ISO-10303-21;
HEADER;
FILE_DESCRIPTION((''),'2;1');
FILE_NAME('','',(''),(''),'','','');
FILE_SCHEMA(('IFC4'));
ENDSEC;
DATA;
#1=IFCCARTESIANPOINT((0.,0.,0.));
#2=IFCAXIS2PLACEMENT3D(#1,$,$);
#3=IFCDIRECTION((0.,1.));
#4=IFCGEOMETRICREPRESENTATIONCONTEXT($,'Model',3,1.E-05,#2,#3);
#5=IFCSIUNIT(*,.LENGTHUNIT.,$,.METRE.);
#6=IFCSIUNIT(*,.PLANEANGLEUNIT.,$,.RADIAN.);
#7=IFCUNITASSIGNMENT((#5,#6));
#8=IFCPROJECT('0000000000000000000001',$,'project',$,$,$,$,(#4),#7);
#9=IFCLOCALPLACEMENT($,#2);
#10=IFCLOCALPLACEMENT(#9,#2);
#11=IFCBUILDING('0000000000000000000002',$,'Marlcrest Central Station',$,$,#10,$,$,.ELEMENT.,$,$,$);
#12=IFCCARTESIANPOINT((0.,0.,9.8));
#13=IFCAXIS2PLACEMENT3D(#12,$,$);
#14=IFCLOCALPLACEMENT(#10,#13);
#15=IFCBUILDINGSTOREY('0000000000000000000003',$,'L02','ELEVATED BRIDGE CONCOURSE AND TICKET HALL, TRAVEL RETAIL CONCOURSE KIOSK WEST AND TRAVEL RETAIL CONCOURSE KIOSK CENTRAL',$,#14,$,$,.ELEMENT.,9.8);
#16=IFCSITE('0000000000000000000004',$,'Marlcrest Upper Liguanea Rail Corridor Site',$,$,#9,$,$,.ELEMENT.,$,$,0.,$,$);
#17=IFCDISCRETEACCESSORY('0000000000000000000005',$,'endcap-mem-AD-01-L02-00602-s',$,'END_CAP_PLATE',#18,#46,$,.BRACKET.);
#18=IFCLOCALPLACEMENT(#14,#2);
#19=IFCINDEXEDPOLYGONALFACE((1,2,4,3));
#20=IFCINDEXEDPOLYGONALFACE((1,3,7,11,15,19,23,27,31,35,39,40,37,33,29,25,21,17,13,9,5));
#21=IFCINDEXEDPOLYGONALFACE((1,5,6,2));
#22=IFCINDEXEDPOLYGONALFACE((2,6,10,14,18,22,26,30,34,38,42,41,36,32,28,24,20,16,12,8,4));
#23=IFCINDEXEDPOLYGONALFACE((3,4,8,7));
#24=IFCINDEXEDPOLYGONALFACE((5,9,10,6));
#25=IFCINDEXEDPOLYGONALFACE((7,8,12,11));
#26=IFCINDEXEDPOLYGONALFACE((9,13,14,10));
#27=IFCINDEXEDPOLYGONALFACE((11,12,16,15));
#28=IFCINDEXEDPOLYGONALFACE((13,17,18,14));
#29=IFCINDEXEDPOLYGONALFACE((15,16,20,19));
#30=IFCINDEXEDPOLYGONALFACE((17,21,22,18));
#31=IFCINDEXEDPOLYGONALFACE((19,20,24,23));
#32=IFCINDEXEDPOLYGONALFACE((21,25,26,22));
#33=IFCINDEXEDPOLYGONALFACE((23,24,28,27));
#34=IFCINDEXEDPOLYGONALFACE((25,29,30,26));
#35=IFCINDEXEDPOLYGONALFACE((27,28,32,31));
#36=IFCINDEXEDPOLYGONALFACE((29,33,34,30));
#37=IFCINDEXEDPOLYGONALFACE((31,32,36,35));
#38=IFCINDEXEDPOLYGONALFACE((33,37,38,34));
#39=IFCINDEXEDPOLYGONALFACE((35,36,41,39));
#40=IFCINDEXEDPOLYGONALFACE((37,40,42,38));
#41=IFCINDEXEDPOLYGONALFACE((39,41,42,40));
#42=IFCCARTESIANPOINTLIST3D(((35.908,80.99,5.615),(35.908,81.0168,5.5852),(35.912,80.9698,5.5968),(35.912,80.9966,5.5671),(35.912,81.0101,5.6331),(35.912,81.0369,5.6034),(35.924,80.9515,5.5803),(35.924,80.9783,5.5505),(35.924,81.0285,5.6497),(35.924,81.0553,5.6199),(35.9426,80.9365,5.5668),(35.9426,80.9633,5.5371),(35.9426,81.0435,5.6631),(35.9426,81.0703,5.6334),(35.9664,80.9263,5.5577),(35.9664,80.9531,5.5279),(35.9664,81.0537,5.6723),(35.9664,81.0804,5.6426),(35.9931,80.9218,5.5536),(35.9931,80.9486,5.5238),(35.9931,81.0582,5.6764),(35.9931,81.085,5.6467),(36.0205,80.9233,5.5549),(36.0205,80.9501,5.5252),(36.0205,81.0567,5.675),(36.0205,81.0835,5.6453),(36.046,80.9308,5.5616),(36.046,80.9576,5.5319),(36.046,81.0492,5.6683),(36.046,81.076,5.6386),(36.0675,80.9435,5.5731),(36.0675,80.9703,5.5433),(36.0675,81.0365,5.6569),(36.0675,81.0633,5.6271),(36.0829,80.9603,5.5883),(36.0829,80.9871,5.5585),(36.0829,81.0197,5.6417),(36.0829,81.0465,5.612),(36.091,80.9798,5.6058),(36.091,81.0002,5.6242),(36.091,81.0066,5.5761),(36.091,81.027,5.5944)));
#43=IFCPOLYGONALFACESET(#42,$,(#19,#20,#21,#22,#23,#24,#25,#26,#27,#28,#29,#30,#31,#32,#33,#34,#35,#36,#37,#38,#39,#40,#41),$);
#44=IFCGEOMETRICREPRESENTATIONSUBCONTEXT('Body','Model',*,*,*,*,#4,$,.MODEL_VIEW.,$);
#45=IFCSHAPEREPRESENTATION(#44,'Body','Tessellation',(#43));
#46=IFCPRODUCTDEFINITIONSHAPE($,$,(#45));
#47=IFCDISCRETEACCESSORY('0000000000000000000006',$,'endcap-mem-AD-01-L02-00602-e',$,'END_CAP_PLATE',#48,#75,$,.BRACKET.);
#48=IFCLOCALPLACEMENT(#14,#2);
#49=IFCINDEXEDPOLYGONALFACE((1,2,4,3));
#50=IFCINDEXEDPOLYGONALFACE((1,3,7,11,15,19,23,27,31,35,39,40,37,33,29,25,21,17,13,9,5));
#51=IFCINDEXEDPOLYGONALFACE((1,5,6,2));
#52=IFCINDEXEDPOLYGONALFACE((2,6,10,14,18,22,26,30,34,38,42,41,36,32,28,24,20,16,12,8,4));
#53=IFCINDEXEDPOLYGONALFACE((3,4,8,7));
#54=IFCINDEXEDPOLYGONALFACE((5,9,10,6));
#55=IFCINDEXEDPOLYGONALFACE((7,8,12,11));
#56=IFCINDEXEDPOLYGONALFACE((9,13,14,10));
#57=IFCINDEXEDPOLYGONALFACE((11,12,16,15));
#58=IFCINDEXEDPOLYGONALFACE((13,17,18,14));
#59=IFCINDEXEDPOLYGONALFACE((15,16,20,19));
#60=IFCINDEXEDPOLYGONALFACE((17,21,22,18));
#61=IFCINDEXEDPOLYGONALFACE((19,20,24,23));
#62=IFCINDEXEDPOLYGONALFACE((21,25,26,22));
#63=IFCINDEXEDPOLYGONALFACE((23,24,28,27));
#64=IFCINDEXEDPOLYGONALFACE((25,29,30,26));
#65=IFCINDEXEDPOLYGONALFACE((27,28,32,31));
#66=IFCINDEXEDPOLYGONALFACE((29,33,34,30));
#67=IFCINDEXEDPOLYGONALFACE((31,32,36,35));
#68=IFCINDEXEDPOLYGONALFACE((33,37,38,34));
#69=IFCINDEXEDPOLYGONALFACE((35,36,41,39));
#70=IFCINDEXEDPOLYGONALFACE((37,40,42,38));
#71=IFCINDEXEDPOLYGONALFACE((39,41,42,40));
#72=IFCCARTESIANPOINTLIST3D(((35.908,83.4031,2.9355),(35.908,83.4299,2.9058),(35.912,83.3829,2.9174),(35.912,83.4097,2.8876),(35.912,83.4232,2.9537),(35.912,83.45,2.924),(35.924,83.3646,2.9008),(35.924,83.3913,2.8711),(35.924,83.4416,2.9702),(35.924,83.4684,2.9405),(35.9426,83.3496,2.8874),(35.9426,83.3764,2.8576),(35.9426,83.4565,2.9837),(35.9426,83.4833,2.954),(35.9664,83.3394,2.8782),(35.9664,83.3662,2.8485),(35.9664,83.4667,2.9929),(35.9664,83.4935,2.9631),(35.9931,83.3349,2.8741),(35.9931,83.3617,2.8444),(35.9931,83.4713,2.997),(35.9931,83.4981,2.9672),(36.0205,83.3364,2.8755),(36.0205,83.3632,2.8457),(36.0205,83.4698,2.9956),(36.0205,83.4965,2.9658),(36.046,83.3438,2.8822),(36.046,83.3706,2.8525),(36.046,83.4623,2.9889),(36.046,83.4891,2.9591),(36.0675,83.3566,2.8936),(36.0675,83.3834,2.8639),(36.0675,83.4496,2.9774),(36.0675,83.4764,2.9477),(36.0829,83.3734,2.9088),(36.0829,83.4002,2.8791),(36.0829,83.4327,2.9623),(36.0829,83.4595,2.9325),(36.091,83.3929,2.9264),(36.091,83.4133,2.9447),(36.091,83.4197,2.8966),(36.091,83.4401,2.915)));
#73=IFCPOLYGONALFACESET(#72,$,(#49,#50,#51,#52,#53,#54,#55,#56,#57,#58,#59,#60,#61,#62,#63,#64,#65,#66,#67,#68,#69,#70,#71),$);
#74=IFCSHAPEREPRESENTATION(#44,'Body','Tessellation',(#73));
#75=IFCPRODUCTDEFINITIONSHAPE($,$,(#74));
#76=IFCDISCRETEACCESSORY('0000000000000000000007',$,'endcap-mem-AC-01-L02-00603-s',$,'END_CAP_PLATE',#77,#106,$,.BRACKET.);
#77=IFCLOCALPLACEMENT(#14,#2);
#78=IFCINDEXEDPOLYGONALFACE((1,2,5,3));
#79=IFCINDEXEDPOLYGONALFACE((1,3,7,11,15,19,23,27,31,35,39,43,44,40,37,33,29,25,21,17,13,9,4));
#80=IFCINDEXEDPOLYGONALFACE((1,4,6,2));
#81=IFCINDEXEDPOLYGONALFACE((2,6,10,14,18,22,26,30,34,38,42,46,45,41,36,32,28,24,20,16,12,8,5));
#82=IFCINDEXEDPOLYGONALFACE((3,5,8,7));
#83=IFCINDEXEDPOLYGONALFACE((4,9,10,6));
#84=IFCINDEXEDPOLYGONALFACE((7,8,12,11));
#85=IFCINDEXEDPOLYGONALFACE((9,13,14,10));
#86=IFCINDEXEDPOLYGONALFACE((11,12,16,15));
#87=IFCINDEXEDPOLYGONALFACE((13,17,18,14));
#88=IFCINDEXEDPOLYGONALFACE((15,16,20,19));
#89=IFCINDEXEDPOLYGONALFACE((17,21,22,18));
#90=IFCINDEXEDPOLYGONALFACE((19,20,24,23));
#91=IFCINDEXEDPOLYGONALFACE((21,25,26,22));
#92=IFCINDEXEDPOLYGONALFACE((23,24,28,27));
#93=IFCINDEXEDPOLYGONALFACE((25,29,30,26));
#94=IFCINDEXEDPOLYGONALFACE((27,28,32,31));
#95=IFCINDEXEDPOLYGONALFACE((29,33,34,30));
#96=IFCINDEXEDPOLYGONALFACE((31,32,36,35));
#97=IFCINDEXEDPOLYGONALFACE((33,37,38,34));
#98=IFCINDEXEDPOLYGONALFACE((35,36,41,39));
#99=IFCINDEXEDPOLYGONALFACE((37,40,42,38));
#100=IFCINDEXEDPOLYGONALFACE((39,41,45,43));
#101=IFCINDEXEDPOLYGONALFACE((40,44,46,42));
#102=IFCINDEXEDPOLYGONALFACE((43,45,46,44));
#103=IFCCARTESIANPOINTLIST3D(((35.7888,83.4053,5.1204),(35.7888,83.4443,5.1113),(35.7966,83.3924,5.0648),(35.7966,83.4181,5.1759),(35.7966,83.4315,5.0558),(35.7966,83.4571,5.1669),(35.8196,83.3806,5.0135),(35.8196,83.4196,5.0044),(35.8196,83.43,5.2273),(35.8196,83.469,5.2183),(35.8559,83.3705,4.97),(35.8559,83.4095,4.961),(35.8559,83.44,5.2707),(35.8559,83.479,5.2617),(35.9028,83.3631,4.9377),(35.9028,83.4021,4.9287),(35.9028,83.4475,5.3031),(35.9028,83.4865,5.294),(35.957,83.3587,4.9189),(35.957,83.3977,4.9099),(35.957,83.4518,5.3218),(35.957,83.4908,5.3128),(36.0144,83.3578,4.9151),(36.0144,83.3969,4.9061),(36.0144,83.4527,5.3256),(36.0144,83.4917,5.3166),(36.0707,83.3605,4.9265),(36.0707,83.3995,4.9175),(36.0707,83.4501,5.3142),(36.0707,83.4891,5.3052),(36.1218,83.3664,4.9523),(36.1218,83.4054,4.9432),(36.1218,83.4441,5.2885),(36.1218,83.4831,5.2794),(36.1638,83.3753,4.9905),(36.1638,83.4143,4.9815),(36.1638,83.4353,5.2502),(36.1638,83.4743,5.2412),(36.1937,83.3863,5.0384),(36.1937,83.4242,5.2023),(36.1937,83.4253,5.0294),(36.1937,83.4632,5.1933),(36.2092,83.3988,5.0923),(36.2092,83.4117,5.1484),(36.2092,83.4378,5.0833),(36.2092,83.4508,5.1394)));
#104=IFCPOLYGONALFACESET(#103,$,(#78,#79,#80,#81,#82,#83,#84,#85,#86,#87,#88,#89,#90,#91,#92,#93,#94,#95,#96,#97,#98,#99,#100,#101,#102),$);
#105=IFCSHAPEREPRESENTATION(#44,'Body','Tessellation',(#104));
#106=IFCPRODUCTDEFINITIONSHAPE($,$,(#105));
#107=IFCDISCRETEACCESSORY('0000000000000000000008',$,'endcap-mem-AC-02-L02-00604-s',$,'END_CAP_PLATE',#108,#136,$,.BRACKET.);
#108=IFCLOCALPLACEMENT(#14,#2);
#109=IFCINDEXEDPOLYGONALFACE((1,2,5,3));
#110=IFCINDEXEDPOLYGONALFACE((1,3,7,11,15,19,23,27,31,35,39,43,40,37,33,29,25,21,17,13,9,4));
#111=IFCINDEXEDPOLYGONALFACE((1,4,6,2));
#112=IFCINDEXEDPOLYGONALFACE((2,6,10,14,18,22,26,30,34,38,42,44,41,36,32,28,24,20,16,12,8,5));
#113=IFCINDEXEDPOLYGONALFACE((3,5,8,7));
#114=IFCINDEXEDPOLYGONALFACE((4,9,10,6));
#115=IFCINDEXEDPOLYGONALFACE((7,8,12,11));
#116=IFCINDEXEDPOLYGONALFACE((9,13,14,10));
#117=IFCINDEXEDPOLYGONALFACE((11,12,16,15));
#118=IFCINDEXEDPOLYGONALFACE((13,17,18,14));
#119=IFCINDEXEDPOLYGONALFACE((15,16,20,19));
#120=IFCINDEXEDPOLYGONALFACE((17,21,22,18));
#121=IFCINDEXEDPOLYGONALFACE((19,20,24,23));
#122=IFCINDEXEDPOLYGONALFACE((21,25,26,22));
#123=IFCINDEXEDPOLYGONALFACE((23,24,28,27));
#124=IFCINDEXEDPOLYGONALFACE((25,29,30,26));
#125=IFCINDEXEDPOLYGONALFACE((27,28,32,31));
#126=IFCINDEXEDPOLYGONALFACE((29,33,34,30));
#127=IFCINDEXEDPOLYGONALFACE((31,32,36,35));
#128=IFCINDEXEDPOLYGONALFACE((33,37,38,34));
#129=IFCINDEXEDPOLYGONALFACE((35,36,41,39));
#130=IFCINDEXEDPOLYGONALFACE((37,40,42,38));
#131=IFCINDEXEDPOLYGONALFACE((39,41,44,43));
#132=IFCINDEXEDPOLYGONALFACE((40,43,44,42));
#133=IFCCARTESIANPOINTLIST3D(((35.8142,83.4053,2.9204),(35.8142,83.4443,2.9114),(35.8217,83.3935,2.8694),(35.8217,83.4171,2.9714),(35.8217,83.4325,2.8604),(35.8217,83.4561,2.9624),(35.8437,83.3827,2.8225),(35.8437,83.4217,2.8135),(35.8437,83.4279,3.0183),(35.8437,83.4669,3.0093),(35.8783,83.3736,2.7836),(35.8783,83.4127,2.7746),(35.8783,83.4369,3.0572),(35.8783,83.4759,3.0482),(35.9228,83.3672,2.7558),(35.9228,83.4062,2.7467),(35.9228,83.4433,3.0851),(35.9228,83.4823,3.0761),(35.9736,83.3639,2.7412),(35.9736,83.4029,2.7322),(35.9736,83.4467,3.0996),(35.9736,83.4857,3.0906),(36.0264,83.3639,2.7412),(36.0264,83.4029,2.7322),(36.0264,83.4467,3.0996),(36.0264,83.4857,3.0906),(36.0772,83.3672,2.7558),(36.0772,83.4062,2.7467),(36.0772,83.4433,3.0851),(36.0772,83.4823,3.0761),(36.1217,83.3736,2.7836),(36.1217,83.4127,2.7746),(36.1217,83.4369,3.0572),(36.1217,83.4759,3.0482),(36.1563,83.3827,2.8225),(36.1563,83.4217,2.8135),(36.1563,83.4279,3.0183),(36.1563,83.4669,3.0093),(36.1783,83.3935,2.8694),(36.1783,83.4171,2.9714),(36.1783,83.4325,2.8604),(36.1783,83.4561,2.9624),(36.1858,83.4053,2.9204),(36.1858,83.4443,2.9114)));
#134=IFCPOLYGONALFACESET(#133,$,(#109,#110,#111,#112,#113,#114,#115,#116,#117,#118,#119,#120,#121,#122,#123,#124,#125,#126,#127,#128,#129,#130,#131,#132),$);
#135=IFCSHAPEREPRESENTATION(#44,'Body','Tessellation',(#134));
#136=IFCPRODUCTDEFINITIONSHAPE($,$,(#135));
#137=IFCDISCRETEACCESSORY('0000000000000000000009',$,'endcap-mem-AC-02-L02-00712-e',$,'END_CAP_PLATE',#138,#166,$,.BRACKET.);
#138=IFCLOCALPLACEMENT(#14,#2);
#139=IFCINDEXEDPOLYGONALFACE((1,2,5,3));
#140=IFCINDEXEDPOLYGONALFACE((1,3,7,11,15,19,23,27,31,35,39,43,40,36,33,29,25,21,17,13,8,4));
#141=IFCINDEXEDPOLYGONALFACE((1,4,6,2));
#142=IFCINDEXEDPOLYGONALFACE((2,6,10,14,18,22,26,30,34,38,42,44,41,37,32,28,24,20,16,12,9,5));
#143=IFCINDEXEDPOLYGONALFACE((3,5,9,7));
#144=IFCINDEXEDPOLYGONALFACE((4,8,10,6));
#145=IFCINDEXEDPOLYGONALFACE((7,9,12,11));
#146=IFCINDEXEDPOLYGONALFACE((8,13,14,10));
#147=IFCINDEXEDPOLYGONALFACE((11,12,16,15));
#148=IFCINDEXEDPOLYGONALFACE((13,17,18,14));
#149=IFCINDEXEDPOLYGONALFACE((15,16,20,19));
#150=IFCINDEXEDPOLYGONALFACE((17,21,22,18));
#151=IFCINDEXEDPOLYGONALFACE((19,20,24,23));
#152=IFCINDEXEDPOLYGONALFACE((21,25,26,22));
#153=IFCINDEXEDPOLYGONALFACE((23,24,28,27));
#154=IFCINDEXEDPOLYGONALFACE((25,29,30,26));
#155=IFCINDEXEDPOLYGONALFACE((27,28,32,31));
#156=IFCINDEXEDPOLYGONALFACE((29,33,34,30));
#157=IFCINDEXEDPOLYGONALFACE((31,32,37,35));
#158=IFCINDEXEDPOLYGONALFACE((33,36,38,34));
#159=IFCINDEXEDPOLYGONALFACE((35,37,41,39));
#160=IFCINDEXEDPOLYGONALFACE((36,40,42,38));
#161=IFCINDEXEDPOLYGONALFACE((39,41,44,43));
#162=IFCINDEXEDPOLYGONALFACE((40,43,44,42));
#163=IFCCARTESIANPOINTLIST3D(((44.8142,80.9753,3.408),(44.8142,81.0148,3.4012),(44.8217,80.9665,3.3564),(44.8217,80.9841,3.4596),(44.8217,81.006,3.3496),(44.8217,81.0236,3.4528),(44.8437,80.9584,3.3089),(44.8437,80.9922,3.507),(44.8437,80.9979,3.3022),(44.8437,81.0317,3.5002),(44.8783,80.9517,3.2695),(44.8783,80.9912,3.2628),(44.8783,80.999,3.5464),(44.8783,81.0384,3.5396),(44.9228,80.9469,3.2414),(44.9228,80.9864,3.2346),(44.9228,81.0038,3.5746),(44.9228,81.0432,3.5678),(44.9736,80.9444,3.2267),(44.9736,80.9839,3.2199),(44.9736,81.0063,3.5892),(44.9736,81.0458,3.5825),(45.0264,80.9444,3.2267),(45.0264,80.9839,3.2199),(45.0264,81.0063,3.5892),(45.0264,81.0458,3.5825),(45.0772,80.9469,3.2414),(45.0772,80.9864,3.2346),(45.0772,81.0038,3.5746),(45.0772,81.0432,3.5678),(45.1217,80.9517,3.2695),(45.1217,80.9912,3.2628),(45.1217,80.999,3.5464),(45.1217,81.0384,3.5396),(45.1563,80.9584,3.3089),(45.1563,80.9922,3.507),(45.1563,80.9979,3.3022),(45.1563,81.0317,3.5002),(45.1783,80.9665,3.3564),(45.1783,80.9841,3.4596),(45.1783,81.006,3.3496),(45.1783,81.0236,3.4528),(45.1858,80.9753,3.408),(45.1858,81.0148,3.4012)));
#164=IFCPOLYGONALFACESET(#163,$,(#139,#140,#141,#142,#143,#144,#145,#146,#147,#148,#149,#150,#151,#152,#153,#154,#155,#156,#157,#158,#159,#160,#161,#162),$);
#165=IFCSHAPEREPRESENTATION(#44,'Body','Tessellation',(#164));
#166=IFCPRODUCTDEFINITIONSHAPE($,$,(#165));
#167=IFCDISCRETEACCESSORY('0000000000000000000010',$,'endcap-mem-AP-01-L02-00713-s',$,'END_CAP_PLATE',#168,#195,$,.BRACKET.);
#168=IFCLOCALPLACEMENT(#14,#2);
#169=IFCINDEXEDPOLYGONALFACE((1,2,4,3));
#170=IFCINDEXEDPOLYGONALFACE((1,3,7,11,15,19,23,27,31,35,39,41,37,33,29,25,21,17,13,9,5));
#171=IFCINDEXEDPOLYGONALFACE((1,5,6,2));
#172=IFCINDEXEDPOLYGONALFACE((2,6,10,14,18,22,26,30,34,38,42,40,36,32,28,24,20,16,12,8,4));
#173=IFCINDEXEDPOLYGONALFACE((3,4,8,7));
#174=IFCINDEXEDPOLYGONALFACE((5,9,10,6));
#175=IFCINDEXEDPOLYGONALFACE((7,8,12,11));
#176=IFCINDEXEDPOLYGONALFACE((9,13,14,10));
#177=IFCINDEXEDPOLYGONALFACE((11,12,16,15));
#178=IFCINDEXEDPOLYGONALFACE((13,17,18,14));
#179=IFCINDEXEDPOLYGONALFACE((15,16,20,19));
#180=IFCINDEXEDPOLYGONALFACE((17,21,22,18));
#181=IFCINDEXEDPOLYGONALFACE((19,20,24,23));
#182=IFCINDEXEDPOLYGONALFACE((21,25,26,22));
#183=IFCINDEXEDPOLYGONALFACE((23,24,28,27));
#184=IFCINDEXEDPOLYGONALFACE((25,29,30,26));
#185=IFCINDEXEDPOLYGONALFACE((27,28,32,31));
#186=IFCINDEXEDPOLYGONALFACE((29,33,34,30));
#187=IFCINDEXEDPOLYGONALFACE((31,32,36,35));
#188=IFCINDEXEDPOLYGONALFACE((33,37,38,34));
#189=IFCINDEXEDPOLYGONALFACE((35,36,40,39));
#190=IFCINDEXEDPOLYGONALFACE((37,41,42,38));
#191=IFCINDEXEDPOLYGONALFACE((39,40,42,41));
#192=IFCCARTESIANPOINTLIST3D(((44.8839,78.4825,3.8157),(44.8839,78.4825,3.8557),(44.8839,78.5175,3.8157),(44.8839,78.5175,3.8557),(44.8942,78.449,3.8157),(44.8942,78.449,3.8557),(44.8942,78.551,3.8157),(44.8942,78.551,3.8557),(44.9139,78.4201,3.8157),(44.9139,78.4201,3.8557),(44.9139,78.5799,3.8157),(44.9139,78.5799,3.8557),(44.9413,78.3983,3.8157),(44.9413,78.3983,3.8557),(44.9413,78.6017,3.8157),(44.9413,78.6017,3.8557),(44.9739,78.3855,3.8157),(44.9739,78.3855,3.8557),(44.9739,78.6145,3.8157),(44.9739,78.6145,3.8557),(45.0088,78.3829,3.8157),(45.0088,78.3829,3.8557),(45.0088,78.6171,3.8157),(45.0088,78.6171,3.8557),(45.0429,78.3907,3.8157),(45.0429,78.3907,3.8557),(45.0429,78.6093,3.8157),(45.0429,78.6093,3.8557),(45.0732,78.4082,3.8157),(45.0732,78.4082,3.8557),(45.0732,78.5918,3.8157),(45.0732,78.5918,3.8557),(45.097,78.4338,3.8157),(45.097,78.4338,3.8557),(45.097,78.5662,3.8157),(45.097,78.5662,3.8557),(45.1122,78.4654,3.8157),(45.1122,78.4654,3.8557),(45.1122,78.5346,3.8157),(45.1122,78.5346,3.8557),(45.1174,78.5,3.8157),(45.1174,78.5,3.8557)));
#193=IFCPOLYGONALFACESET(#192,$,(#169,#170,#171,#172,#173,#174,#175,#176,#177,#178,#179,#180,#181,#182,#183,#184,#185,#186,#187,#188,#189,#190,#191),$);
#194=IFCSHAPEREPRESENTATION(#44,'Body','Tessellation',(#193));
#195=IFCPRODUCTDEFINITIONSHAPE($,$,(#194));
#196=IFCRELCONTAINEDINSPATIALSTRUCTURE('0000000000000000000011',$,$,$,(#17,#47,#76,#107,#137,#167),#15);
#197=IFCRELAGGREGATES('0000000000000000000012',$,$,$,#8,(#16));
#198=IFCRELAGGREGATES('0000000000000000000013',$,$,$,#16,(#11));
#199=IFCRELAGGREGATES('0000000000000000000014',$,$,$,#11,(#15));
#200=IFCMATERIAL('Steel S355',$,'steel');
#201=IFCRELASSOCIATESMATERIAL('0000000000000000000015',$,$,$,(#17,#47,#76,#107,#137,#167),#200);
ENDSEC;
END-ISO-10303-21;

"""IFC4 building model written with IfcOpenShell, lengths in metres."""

from ifc_helpers import new_model, si_unit, direction, frame, origin, origin_2d, place, context, subcontext, project, spatial, circle, extrude, material, element, save


model = new_model("IFC4")

# Units and contexts
model_context = context("Model", 3, precision=1e-05, world=origin(), true_north=direction((0.0, 1.0)))
body_context = subcontext(model_context, "Body", "Model", "MODEL_VIEW")
ifc_project = project(units=[si_unit("LENGTHUNIT", "METRE"), si_unit("PLANEANGLEUNIT", "RADIAN")], contexts=[model_context])

# Site, building, storey
site_placement = place(None, origin())
site = spatial("IfcSite", under=ifc_project, at=site_placement, Name="Marlcrest Upper Liguanea Rail Corridor Site", CompositionType="ELEMENT", RefElevation=0.0)
building_placement = place(site_placement, origin())
building = spatial("IfcBuilding", under=site, at=building_placement, Name="Marlcrest Central Station", CompositionType="ELEMENT")
storey_placement = place(building_placement, frame((0.0, 0.0, 9.8)))
storey = spatial("IfcBuildingStorey", under=building, at=storey_placement, Name="L02", Description="ELEVATED BRIDGE CONCOURSE AND TICKET HALL, TRAVEL RETAIL CONCOURSE KIOSK WEST AND TRAVEL RETAIL CONCOURSE KIOSK CENTRAL", CompositionType="ELEMENT", Elevation=9.8)

# Shared definitions
ifc_material_1 = material(Name="Steel S355", Category="steel")

# Discrete accessories
for number, where, z_axis, x_axis, name in (
    (1, (36.0, 80.99, 5.615), (0.0, 0.669244, -0.743042), (-1.0, 0.0, 0.0), "endcap-mem-AD-01-L02-00602-s"),
    (2, (36.0, 83.4031, 2.9355), (0.0, 0.669244, -0.743042), (-1.0, 0.0, 0.0), "endcap-mem-AD-01-L02-00602-e"),
):
    element("IfcDiscreteAccessory", number, at=place(storey_placement, frame(where, z_axis=z_axis, x_axis=x_axis)), inside=storey, material=ifc_material_1, Name=name, ObjectType="END_CAP_PLATE", PredefinedType="BRACKET", context=body_context, shape_type="SweptSolid", body=[
        extrude(circle(Radius=0.092, at=origin_2d()), origin(), (0.0, 0.0, 1.0), 0.04),
    ])
discrete_accessory_1_placement = place(storey_placement, frame((36.0, 83.4053, 5.1204), z_axis=(0.0, 0.97433, -0.225126), x_axis=(-1.0, 0.0, 0.0)))
element("IfcDiscreteAccessory", 3, at=discrete_accessory_1_placement, inside=storey, material=ifc_material_1, Name="endcap-mem-AC-01-L02-00603-s", ObjectType="END_CAP_PLATE", PredefinedType="BRACKET", context=body_context, shape_type="SweptSolid", body=[
    extrude(circle(Radius=0.2112, at=origin_2d()), origin(), (0.0, 0.0, 1.0), 0.04),
])
for number, where, z_axis, x_axis, name in (
    (4, (36.0, 83.4053, 2.9204), (0.0, 0.974308, -0.22522), (-1.0, 0.0, 0.0), "endcap-mem-AC-02-L02-00604-s"),
    (5, (45.0, 80.9753, 3.408), (0.0, 0.985741, -0.168269), (-1.0, 0.0, 0.0), "endcap-mem-AC-02-L02-00712-e"),
):
    element("IfcDiscreteAccessory", number, at=place(storey_placement, frame(where, z_axis=z_axis, x_axis=x_axis)), inside=storey, material=ifc_material_1, Name=name, ObjectType="END_CAP_PLATE", PredefinedType="BRACKET", context=body_context, shape_type="SweptSolid", body=[
        extrude(circle(Radius=0.1858, at=origin_2d()), origin(), (0.0, 0.0, 1.0), 0.04),
    ])
for number, where, z_axis, x_axis, name in (
    (6, (45.0, 78.5, 3.8157), (0.0, 0.0, 1.0), (1.0, 0.0, 0.0), "endcap-mem-AP-01-L02-00713-s"),
):
    element("IfcDiscreteAccessory", number, at=place(storey_placement, frame(where, z_axis=z_axis, x_axis=x_axis)), inside=storey, material=ifc_material_1, Name=name, ObjectType="END_CAP_PLATE", PredefinedType="BRACKET", context=body_context, shape_type="SweptSolid", body=[
        extrude(circle(Radius=0.1174, at=origin_2d()), origin(), (0.0, 0.0, 1.0), 0.04),
    ])

save(model, "model.ifc")
